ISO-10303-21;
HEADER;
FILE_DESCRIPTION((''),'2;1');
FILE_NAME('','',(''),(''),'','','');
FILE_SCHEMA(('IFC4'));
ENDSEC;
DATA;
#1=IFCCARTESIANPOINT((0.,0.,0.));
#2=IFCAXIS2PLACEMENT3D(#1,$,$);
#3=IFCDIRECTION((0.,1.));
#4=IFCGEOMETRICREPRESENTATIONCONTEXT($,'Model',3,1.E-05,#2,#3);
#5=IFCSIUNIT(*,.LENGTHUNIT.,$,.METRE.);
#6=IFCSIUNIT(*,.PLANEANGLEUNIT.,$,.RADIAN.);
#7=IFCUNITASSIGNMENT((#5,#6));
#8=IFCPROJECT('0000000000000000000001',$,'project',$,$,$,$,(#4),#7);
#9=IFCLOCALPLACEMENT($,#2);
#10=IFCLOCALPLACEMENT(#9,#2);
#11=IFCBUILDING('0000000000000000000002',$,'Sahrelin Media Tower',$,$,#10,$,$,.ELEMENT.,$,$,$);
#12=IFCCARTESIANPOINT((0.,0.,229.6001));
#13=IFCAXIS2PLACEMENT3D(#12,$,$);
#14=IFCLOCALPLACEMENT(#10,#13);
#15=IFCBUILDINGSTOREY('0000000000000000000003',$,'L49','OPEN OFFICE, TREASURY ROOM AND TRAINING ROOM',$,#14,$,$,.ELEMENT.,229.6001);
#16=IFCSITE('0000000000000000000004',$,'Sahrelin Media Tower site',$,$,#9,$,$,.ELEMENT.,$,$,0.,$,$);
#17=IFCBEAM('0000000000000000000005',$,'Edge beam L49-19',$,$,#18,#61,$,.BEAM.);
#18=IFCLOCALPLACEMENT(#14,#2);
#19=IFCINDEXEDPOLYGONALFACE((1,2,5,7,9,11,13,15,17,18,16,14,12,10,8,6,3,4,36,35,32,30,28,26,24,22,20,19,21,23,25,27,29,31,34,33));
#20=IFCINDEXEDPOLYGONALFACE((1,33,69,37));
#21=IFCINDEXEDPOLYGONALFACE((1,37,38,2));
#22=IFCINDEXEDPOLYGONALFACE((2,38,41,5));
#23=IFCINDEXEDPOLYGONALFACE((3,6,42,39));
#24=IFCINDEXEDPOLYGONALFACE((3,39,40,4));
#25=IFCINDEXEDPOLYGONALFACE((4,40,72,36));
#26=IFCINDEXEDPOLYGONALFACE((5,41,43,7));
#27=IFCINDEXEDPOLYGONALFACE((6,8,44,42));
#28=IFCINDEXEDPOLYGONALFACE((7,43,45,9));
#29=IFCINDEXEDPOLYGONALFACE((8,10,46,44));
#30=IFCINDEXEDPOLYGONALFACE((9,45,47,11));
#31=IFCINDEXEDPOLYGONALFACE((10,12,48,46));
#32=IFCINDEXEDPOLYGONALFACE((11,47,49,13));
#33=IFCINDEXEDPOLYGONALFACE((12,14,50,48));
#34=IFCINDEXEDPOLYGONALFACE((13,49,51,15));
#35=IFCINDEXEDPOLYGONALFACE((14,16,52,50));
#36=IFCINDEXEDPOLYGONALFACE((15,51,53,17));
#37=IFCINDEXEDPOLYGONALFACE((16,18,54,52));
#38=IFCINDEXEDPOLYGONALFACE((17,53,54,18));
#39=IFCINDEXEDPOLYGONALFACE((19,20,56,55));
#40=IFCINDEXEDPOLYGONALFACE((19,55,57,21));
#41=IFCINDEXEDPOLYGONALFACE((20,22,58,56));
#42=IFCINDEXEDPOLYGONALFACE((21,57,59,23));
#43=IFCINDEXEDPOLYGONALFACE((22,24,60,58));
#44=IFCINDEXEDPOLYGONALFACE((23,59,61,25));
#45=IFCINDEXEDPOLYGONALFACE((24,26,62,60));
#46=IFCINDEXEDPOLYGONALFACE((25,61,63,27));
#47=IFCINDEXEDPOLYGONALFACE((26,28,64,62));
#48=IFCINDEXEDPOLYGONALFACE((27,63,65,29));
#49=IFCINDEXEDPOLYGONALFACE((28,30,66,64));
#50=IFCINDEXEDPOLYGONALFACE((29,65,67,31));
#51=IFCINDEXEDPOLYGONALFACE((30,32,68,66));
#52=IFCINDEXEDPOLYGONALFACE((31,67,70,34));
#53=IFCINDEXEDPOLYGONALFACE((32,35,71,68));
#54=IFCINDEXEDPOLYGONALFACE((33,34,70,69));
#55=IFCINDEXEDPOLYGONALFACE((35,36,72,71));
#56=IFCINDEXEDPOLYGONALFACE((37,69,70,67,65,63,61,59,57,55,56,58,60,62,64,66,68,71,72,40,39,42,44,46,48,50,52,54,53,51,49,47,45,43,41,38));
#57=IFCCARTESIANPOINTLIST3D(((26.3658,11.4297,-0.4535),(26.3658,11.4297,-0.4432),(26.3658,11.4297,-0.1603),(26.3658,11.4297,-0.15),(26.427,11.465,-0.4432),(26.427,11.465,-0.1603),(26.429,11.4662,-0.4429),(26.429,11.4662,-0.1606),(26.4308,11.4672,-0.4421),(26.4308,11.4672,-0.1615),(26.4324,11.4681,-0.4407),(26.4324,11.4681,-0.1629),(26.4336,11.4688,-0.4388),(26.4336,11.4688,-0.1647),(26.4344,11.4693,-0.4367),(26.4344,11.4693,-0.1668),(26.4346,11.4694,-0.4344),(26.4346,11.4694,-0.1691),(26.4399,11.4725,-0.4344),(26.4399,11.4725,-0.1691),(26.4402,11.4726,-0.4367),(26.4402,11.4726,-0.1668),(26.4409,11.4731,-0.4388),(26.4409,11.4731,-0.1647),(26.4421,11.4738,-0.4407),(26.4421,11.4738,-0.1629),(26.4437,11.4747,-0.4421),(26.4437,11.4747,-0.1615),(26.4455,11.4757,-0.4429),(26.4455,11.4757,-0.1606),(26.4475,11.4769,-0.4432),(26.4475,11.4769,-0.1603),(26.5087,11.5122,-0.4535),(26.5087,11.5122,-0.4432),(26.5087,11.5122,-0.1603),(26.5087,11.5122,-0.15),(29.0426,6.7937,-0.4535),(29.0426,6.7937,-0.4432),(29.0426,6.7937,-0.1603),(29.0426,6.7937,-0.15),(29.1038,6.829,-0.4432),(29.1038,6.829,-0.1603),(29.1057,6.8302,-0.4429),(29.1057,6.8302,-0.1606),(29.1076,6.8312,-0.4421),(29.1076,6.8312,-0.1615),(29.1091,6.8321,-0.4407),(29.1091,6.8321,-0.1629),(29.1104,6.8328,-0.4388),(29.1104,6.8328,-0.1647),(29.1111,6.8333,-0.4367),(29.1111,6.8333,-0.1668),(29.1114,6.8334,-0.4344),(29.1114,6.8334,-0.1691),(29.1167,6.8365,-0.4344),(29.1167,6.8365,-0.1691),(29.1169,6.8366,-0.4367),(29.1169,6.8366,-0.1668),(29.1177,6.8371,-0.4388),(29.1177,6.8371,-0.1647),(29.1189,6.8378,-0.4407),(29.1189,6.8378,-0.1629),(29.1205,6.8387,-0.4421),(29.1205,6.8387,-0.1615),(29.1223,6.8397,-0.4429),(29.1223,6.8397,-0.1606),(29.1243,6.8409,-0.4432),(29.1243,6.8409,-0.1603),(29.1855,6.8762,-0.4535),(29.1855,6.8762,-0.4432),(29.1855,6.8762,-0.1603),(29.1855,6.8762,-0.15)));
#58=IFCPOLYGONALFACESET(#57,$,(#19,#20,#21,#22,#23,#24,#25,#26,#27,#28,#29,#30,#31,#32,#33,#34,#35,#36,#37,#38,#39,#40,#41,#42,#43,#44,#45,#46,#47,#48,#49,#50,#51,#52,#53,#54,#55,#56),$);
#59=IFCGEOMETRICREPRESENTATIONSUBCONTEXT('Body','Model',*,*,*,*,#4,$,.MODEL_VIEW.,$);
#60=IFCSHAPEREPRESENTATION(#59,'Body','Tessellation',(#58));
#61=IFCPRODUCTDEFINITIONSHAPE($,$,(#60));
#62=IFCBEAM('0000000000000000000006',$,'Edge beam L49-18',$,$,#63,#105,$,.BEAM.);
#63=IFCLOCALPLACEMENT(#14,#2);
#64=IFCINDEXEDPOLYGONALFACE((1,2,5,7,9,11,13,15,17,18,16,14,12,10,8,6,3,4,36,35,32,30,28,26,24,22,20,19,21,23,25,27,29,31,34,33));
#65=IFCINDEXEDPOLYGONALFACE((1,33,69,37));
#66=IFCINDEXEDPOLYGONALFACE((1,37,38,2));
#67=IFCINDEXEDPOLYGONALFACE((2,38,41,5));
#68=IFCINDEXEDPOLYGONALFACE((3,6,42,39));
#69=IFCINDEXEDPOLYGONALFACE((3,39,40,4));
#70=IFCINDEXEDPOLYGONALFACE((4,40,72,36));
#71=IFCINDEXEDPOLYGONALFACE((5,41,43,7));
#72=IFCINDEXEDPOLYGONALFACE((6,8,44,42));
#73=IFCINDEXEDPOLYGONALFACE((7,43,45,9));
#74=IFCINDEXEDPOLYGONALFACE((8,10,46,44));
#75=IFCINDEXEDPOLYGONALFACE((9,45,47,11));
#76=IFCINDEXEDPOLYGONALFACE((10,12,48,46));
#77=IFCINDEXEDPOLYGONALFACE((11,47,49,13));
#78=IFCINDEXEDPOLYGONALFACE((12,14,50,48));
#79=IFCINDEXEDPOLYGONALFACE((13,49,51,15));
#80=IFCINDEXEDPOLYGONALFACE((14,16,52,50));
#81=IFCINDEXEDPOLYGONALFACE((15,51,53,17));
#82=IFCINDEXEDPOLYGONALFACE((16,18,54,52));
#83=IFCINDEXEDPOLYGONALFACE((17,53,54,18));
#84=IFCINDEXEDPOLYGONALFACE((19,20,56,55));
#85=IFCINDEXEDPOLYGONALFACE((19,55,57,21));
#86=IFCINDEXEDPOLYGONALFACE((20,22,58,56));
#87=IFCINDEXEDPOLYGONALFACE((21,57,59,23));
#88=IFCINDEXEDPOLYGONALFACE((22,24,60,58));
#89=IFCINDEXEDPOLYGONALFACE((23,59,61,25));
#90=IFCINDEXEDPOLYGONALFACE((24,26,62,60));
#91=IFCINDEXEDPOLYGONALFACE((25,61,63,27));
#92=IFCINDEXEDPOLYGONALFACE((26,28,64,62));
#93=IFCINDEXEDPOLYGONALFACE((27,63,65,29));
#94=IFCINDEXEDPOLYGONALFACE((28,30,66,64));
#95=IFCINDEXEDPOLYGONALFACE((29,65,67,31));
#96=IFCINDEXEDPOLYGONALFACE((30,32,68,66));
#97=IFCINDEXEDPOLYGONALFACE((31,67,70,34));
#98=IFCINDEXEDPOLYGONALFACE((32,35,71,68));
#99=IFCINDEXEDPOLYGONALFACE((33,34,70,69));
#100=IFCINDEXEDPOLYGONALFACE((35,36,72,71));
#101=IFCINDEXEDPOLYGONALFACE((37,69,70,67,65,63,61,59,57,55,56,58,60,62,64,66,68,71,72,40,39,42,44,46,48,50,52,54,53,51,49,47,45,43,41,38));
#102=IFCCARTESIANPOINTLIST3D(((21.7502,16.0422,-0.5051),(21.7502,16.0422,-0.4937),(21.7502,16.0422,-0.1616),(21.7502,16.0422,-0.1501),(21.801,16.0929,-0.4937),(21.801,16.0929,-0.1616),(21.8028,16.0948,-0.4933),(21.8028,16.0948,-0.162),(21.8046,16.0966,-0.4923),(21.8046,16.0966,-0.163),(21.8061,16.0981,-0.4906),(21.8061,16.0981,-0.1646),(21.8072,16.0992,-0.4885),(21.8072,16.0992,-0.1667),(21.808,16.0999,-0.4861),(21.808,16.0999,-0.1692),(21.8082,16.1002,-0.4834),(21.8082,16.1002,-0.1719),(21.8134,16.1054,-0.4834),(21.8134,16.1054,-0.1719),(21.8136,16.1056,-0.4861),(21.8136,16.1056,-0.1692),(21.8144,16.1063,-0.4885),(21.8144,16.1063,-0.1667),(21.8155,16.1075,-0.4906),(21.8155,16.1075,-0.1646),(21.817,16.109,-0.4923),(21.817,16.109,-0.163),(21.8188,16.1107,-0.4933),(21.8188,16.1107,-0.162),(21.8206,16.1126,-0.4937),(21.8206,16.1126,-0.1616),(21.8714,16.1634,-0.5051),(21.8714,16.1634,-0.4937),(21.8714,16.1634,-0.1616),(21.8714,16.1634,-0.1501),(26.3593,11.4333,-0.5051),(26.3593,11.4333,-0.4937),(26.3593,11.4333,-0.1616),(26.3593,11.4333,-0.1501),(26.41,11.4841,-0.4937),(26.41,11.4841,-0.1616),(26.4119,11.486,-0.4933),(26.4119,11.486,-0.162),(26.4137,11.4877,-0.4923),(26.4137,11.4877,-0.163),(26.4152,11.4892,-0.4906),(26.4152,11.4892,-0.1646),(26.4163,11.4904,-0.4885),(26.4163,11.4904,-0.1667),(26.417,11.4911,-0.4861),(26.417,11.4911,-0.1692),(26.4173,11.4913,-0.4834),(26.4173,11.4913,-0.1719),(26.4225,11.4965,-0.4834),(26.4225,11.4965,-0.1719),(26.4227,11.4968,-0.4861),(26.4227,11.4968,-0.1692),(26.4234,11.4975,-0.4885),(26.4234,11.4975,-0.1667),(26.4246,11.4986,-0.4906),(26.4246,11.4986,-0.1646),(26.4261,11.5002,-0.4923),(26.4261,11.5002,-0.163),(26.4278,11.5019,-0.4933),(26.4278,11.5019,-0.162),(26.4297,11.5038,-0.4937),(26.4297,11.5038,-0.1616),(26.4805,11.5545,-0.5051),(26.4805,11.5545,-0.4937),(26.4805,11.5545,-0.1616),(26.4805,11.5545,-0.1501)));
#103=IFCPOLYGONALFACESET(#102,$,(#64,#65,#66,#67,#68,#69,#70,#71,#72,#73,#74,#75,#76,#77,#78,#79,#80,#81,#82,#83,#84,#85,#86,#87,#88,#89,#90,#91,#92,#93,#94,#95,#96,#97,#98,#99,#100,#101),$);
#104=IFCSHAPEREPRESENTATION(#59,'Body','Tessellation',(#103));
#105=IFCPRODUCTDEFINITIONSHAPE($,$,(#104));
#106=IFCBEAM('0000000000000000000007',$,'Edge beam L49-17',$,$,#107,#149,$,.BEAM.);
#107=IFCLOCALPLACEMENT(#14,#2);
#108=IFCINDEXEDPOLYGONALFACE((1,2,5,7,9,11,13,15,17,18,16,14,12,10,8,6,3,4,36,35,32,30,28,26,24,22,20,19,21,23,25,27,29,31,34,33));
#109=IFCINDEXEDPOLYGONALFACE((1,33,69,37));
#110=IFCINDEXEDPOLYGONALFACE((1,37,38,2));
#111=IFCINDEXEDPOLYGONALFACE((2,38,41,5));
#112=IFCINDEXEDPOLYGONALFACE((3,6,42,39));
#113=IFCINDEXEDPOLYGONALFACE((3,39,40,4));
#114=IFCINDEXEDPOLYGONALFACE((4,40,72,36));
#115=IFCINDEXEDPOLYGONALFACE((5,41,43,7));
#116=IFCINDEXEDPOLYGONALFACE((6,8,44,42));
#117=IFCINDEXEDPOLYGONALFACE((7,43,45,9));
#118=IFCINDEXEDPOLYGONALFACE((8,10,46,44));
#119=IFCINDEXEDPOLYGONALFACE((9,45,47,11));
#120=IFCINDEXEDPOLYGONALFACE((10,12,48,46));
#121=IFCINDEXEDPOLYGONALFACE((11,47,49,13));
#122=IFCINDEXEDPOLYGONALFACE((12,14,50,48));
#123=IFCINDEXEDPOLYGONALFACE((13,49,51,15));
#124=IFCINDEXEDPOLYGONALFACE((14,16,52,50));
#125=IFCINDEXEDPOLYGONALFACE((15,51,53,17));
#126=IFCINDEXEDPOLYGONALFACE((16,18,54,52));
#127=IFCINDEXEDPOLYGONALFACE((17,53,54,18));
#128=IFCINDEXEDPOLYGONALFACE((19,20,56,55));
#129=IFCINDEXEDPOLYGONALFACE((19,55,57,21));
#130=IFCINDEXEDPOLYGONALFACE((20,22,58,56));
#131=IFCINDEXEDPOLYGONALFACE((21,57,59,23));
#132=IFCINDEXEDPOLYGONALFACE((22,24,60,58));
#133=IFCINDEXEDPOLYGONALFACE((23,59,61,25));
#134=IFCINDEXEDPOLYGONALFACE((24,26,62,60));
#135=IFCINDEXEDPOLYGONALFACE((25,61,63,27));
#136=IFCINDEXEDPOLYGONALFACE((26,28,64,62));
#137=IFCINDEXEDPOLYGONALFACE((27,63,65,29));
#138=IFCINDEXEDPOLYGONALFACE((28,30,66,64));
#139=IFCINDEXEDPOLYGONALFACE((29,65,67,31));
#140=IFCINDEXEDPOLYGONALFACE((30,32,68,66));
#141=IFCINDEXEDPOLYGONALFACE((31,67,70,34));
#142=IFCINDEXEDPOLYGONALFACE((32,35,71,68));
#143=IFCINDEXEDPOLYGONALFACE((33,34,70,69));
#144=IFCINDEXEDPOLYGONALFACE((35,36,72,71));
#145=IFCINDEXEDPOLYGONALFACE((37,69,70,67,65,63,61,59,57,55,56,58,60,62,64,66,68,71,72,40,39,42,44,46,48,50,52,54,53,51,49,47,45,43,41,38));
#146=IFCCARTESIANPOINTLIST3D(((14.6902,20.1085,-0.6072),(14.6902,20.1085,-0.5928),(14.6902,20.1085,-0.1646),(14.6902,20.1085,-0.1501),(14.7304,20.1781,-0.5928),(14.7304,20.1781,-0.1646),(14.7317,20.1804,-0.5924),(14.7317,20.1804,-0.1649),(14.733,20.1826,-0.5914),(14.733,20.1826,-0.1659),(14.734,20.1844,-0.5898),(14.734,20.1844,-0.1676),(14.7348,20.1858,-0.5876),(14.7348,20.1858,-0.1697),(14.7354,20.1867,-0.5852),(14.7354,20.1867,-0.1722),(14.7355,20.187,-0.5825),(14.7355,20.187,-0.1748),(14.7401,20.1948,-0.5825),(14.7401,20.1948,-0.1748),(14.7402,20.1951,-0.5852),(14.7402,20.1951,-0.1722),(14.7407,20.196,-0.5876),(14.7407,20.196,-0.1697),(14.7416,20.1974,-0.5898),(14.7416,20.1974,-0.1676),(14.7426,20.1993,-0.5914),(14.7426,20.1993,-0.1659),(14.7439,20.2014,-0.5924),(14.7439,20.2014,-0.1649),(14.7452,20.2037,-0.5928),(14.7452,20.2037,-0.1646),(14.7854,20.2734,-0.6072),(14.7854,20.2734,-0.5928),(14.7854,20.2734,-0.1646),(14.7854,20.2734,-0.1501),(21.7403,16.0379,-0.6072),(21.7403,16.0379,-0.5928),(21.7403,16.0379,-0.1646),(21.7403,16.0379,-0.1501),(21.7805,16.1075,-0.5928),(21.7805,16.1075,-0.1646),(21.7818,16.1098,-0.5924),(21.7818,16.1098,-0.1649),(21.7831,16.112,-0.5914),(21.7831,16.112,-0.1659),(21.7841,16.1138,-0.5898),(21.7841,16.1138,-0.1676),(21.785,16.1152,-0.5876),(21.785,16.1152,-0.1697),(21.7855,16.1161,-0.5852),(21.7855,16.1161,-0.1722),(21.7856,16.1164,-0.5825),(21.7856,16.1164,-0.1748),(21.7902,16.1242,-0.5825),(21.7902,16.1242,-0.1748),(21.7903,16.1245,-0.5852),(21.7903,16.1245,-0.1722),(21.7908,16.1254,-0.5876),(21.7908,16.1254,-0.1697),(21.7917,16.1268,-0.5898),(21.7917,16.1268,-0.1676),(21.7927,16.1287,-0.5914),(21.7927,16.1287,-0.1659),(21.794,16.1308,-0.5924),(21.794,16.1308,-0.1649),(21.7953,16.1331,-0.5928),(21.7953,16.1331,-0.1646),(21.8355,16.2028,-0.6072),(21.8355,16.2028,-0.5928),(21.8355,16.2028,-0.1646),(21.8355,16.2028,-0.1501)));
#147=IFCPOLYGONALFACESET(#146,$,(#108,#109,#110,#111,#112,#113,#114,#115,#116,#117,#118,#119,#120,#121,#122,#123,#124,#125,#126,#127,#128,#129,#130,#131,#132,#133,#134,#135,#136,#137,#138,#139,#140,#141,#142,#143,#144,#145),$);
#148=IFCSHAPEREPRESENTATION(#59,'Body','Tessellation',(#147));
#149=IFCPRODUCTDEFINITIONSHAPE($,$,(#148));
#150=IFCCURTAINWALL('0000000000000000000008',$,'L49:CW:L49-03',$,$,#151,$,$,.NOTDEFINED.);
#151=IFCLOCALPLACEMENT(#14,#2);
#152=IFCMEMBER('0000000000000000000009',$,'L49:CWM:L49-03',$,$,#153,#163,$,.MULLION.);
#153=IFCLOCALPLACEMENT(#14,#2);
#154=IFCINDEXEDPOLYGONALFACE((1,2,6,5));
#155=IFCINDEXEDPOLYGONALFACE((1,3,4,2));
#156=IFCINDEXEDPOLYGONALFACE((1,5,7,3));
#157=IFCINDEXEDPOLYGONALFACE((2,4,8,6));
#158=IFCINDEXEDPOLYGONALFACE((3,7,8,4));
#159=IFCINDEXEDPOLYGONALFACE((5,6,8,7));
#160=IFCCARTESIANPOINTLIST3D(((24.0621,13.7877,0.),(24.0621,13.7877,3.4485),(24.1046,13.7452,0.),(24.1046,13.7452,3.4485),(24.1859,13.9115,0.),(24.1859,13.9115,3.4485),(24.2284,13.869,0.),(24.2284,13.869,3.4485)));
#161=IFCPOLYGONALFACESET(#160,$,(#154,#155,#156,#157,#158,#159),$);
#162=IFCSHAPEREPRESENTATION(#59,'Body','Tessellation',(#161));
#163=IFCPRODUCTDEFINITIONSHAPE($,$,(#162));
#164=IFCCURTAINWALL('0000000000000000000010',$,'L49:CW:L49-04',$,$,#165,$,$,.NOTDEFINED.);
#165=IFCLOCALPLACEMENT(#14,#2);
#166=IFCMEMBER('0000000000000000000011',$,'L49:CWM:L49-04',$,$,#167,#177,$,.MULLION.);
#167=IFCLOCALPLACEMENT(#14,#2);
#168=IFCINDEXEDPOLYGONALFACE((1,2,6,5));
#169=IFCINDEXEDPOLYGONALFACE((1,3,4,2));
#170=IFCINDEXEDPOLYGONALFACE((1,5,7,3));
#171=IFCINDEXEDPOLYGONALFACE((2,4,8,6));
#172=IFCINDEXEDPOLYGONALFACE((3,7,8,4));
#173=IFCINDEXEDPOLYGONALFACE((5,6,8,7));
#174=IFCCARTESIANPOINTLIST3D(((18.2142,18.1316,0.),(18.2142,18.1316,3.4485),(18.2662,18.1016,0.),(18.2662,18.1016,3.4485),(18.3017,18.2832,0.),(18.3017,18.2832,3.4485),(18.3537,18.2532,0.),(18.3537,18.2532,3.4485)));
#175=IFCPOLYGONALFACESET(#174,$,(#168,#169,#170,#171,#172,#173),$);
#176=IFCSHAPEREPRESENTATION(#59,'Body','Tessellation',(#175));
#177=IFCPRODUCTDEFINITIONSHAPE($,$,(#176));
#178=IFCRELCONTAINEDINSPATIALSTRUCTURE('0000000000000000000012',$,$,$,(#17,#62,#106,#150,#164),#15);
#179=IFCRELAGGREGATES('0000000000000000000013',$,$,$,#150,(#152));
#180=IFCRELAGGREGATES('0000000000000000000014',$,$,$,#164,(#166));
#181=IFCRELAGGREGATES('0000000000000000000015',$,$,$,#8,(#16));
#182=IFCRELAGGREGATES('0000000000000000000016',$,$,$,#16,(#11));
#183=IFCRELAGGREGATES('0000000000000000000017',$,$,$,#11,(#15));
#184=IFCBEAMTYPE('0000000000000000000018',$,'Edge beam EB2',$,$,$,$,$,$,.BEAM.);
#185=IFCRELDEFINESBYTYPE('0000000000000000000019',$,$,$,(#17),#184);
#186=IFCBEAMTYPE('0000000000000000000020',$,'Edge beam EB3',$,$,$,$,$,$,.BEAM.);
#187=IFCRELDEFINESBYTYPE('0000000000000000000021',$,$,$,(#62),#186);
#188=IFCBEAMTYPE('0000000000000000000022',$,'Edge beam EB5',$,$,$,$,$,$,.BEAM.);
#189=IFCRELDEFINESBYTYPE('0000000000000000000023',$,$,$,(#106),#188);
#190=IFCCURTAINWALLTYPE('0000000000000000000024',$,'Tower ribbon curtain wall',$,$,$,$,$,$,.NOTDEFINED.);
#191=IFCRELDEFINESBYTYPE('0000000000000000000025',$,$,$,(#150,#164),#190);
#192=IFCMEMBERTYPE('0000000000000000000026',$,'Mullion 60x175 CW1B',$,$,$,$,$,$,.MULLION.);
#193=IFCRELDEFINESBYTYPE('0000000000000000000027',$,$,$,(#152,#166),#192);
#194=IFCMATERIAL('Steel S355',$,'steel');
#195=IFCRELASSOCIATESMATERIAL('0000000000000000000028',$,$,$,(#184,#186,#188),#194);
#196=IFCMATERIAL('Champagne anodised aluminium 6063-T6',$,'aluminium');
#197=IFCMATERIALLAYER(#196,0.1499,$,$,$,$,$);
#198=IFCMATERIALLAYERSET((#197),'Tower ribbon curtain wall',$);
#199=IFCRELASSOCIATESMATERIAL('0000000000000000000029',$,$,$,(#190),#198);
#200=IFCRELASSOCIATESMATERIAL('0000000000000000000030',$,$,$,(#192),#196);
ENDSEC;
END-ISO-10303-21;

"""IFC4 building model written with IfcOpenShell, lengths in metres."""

from ifc_helpers import new_model, si_unit, direction, frame, origin, origin_2d, place, context, subcontext, project, spatial, rectangle, i_section, extrude, material, layer, layer_set, material_profile, profile_set, type_object, element, aggregate, save


model = new_model("IFC4")

# Units and contexts
model_context = context("Model", 3, precision=1e-05, world=origin(), true_north=direction((0.0, 1.0)))
body_context = subcontext(model_context, "Body", "Model", "MODEL_VIEW")
ifc_project = project(units=[si_unit("LENGTHUNIT", "METRE"), si_unit("PLANEANGLEUNIT", "RADIAN")], contexts=[model_context])

# Site, building, storey
site_placement = place(None, origin())
site = spatial("IfcSite", under=ifc_project, at=site_placement, Name="Sahrelin Media Tower site", CompositionType="ELEMENT", RefElevation=0.0)
building_placement = place(site_placement, origin())
building = spatial("IfcBuilding", under=site, at=building_placement, Name="Sahrelin Media Tower", CompositionType="ELEMENT")
storey_placement = place(building_placement, frame((0.0, 0.0, 229.6001)))
storey = spatial("IfcBuildingStorey", under=building, at=storey_placement, Name="L49", Description="OPEN OFFICE, TREASURY ROOM AND TRAINING ROOM", CompositionType="ELEMENT", Elevation=229.6001)

# Beams
ifc_material_1 = material(Name="Steel S355", Category="steel")
ifc_material_profile_1 = material_profile(ifc_material_1, i_section(OverallWidth=0.165, OverallDepth=0.3035, WebThickness=0.0061, FlangeThickness=0.0103, FilletRadius=0.0088, at=origin_2d()), Name="UB 305x165x40")
ifc_profile_set_1 = profile_set([ifc_material_profile_1], Name="Steel S355")
beam_type_1 = type_object("IfcBeamType", Name="Edge beam EB2", PredefinedType="BEAM", material=ifc_profile_set_1)
beam_1_placement = place(storey_placement, frame((26.4373, 11.4709, -0.3018), z_axis=(0.500024, -0.866012, 0.0), x_axis=(0.866012, 0.500024, 0.0)))
element("IfcBeam", 1, at=beam_1_placement, inside=storey, type_object=beam_type_1, Name="Edge beam L49-19", PredefinedType="BEAM", context=body_context, shape_type="SweptSolid", body=[
    extrude(i_section(OverallWidth=0.165, OverallDepth=0.3035, WebThickness=0.0061, FlangeThickness=0.0103, FilletRadius=0.0088, at=origin_2d()), origin(), (0.0, 0.0, 1.0), 5.3533),
])
ifc_material_profile_2 = material_profile(ifc_material_1, i_section(OverallWidth=0.1714, OverallDepth=0.355, WebThickness=0.0073, FlangeThickness=0.0115, FilletRadius=0.0103, at=origin_2d()), Name="UB 356x171x51")
ifc_profile_set_2 = profile_set([ifc_material_profile_2], Name="Steel S355")
beam_type_2 = type_object("IfcBeamType", Name="Edge beam EB3", PredefinedType="BEAM", material=ifc_profile_set_2)
beam_2_placement = place(storey_placement, frame((21.8108, 16.1028, -0.3276), z_axis=(0.707126, -0.707088, 0.0), x_axis=(0.707088, 0.707126, 0.0)))
element("IfcBeam", 2, at=beam_2_placement, inside=storey, type_object=beam_type_2, Name="Edge beam L49-18", PredefinedType="BEAM", context=body_context, shape_type="SweptSolid", body=[
    extrude(i_section(OverallWidth=0.1714, OverallDepth=0.355, WebThickness=0.0073, FlangeThickness=0.0115, FilletRadius=0.0103, at=origin_2d()), origin(), (0.0, 0.0, 1.0), 6.5181),
])
ifc_material_profile_3 = material_profile(ifc_material_1, i_section(OverallWidth=0.1904, OverallDepth=0.457, WebThickness=0.009, FlangeThickness=0.0144, FilletRadius=0.0103, at=origin_2d()), Name="UB 457x191x74")
ifc_profile_set_3 = profile_set([ifc_material_profile_3], Name="Steel S355")
beam_type_3 = type_object("IfcBeamType", Name="Edge beam EB5", PredefinedType="BEAM", material=ifc_profile_set_3)
beam_3_placement = place(storey_placement, frame((14.7378, 20.1909, -0.3787), z_axis=(0.866014, -0.500019, 0.0), x_axis=(0.500019, 0.866014, 0.0)))
element("IfcBeam", 3, at=beam_3_placement, inside=storey, type_object=beam_type_3, Name="Edge beam L49-17", PredefinedType="BEAM", context=body_context, shape_type="SweptSolid", body=[
    extrude(i_section(OverallWidth=0.1904, OverallDepth=0.457, WebThickness=0.009, FlangeThickness=0.0144, FilletRadius=0.0103, at=origin_2d()), origin(), (0.0, 0.0, 1.0), 8.1409),
])

# Curtain walls, members
ifc_material_2 = material(Name="Champagne anodised aluminium 6063-T6", Category="aluminium")
ifc_layer_1 = layer(ifc_material_2, 0.1499)
ifc_layer_set_1 = layer_set([ifc_layer_1], Name="Tower ribbon curtain wall")
curtain_wall_type = type_object("IfcCurtainWallType", Name="Tower ribbon curtain wall", PredefinedType="NOTDEFINED", material=ifc_layer_set_1)
curtain_wall_1_placement = place(storey_placement, frame((24.2212, 13.9043, 0.0), z_axis=(0.0, 0.0, 1.0), x_axis=(1.0, 0.0, 0.0)))
curtain_wall_1 = element("IfcCurtainWall", 4, at=curtain_wall_1_placement, inside=storey, type_object=curtain_wall_type, Name="L49:CW:L49-03", PredefinedType="NOTDEFINED")
ifc_material_profile_4 = material_profile(ifc_material_2, rectangle(XDim=0.0601, YDim=0.175, at=origin_2d()), Name="Mullion 60x175")
ifc_profile_set_4 = profile_set([ifc_material_profile_4], Name="Champagne anodised aluminium 6063-T6")
member_type_1 = type_object("IfcMemberType", Name="Mullion 60x175 CW1B", PredefinedType="MULLION", material=ifc_profile_set_4)
member_1_placement = place(storey_placement, frame((24.1453, 13.8284, 0.0), z_axis=(0.0, 0.0, 1.0), x_axis=(-0.707107, 0.707107, 0.0)))
member_1 = element("IfcMember", 5, at=member_1_placement, type_object=member_type_1, Name="L49:CWM:L49-03", PredefinedType="MULLION", context=body_context, shape_type="SweptSolid", body=[
    extrude(rectangle(XDim=0.0601, YDim=0.175, at=origin_2d()), origin(), (0.0, 0.0, 1.0), 3.4485),
])
curtain_wall_2_placement = place(storey_placement, frame((18.3376, 18.2856, 0.0), z_axis=(0.0, 0.0, 1.0), x_axis=(1.0, 0.0, 0.0)))
curtain_wall_2 = element("IfcCurtainWall", 6, at=curtain_wall_2_placement, inside=storey, type_object=curtain_wall_type, Name="L49:CW:L49-04", PredefinedType="NOTDEFINED")
member_2_placement = place(storey_placement, frame((18.2839, 18.1924, 0.0), z_axis=(0.0, 0.0, 1.0), x_axis=(-0.866024, 0.500003, 0.0)))
member_2 = element("IfcMember", 7, at=member_2_placement, type_object=member_type_1, Name="L49:CWM:L49-04", PredefinedType="MULLION", context=body_context, shape_type="SweptSolid", body=[
    extrude(rectangle(XDim=0.0601, YDim=0.175, at=origin_2d()), origin(), (0.0, 0.0, 1.0), 3.4485),
])

aggregate(curtain_wall_1, [member_1])
aggregate(curtain_wall_2, [member_2])

save(model, "model.ifc")
